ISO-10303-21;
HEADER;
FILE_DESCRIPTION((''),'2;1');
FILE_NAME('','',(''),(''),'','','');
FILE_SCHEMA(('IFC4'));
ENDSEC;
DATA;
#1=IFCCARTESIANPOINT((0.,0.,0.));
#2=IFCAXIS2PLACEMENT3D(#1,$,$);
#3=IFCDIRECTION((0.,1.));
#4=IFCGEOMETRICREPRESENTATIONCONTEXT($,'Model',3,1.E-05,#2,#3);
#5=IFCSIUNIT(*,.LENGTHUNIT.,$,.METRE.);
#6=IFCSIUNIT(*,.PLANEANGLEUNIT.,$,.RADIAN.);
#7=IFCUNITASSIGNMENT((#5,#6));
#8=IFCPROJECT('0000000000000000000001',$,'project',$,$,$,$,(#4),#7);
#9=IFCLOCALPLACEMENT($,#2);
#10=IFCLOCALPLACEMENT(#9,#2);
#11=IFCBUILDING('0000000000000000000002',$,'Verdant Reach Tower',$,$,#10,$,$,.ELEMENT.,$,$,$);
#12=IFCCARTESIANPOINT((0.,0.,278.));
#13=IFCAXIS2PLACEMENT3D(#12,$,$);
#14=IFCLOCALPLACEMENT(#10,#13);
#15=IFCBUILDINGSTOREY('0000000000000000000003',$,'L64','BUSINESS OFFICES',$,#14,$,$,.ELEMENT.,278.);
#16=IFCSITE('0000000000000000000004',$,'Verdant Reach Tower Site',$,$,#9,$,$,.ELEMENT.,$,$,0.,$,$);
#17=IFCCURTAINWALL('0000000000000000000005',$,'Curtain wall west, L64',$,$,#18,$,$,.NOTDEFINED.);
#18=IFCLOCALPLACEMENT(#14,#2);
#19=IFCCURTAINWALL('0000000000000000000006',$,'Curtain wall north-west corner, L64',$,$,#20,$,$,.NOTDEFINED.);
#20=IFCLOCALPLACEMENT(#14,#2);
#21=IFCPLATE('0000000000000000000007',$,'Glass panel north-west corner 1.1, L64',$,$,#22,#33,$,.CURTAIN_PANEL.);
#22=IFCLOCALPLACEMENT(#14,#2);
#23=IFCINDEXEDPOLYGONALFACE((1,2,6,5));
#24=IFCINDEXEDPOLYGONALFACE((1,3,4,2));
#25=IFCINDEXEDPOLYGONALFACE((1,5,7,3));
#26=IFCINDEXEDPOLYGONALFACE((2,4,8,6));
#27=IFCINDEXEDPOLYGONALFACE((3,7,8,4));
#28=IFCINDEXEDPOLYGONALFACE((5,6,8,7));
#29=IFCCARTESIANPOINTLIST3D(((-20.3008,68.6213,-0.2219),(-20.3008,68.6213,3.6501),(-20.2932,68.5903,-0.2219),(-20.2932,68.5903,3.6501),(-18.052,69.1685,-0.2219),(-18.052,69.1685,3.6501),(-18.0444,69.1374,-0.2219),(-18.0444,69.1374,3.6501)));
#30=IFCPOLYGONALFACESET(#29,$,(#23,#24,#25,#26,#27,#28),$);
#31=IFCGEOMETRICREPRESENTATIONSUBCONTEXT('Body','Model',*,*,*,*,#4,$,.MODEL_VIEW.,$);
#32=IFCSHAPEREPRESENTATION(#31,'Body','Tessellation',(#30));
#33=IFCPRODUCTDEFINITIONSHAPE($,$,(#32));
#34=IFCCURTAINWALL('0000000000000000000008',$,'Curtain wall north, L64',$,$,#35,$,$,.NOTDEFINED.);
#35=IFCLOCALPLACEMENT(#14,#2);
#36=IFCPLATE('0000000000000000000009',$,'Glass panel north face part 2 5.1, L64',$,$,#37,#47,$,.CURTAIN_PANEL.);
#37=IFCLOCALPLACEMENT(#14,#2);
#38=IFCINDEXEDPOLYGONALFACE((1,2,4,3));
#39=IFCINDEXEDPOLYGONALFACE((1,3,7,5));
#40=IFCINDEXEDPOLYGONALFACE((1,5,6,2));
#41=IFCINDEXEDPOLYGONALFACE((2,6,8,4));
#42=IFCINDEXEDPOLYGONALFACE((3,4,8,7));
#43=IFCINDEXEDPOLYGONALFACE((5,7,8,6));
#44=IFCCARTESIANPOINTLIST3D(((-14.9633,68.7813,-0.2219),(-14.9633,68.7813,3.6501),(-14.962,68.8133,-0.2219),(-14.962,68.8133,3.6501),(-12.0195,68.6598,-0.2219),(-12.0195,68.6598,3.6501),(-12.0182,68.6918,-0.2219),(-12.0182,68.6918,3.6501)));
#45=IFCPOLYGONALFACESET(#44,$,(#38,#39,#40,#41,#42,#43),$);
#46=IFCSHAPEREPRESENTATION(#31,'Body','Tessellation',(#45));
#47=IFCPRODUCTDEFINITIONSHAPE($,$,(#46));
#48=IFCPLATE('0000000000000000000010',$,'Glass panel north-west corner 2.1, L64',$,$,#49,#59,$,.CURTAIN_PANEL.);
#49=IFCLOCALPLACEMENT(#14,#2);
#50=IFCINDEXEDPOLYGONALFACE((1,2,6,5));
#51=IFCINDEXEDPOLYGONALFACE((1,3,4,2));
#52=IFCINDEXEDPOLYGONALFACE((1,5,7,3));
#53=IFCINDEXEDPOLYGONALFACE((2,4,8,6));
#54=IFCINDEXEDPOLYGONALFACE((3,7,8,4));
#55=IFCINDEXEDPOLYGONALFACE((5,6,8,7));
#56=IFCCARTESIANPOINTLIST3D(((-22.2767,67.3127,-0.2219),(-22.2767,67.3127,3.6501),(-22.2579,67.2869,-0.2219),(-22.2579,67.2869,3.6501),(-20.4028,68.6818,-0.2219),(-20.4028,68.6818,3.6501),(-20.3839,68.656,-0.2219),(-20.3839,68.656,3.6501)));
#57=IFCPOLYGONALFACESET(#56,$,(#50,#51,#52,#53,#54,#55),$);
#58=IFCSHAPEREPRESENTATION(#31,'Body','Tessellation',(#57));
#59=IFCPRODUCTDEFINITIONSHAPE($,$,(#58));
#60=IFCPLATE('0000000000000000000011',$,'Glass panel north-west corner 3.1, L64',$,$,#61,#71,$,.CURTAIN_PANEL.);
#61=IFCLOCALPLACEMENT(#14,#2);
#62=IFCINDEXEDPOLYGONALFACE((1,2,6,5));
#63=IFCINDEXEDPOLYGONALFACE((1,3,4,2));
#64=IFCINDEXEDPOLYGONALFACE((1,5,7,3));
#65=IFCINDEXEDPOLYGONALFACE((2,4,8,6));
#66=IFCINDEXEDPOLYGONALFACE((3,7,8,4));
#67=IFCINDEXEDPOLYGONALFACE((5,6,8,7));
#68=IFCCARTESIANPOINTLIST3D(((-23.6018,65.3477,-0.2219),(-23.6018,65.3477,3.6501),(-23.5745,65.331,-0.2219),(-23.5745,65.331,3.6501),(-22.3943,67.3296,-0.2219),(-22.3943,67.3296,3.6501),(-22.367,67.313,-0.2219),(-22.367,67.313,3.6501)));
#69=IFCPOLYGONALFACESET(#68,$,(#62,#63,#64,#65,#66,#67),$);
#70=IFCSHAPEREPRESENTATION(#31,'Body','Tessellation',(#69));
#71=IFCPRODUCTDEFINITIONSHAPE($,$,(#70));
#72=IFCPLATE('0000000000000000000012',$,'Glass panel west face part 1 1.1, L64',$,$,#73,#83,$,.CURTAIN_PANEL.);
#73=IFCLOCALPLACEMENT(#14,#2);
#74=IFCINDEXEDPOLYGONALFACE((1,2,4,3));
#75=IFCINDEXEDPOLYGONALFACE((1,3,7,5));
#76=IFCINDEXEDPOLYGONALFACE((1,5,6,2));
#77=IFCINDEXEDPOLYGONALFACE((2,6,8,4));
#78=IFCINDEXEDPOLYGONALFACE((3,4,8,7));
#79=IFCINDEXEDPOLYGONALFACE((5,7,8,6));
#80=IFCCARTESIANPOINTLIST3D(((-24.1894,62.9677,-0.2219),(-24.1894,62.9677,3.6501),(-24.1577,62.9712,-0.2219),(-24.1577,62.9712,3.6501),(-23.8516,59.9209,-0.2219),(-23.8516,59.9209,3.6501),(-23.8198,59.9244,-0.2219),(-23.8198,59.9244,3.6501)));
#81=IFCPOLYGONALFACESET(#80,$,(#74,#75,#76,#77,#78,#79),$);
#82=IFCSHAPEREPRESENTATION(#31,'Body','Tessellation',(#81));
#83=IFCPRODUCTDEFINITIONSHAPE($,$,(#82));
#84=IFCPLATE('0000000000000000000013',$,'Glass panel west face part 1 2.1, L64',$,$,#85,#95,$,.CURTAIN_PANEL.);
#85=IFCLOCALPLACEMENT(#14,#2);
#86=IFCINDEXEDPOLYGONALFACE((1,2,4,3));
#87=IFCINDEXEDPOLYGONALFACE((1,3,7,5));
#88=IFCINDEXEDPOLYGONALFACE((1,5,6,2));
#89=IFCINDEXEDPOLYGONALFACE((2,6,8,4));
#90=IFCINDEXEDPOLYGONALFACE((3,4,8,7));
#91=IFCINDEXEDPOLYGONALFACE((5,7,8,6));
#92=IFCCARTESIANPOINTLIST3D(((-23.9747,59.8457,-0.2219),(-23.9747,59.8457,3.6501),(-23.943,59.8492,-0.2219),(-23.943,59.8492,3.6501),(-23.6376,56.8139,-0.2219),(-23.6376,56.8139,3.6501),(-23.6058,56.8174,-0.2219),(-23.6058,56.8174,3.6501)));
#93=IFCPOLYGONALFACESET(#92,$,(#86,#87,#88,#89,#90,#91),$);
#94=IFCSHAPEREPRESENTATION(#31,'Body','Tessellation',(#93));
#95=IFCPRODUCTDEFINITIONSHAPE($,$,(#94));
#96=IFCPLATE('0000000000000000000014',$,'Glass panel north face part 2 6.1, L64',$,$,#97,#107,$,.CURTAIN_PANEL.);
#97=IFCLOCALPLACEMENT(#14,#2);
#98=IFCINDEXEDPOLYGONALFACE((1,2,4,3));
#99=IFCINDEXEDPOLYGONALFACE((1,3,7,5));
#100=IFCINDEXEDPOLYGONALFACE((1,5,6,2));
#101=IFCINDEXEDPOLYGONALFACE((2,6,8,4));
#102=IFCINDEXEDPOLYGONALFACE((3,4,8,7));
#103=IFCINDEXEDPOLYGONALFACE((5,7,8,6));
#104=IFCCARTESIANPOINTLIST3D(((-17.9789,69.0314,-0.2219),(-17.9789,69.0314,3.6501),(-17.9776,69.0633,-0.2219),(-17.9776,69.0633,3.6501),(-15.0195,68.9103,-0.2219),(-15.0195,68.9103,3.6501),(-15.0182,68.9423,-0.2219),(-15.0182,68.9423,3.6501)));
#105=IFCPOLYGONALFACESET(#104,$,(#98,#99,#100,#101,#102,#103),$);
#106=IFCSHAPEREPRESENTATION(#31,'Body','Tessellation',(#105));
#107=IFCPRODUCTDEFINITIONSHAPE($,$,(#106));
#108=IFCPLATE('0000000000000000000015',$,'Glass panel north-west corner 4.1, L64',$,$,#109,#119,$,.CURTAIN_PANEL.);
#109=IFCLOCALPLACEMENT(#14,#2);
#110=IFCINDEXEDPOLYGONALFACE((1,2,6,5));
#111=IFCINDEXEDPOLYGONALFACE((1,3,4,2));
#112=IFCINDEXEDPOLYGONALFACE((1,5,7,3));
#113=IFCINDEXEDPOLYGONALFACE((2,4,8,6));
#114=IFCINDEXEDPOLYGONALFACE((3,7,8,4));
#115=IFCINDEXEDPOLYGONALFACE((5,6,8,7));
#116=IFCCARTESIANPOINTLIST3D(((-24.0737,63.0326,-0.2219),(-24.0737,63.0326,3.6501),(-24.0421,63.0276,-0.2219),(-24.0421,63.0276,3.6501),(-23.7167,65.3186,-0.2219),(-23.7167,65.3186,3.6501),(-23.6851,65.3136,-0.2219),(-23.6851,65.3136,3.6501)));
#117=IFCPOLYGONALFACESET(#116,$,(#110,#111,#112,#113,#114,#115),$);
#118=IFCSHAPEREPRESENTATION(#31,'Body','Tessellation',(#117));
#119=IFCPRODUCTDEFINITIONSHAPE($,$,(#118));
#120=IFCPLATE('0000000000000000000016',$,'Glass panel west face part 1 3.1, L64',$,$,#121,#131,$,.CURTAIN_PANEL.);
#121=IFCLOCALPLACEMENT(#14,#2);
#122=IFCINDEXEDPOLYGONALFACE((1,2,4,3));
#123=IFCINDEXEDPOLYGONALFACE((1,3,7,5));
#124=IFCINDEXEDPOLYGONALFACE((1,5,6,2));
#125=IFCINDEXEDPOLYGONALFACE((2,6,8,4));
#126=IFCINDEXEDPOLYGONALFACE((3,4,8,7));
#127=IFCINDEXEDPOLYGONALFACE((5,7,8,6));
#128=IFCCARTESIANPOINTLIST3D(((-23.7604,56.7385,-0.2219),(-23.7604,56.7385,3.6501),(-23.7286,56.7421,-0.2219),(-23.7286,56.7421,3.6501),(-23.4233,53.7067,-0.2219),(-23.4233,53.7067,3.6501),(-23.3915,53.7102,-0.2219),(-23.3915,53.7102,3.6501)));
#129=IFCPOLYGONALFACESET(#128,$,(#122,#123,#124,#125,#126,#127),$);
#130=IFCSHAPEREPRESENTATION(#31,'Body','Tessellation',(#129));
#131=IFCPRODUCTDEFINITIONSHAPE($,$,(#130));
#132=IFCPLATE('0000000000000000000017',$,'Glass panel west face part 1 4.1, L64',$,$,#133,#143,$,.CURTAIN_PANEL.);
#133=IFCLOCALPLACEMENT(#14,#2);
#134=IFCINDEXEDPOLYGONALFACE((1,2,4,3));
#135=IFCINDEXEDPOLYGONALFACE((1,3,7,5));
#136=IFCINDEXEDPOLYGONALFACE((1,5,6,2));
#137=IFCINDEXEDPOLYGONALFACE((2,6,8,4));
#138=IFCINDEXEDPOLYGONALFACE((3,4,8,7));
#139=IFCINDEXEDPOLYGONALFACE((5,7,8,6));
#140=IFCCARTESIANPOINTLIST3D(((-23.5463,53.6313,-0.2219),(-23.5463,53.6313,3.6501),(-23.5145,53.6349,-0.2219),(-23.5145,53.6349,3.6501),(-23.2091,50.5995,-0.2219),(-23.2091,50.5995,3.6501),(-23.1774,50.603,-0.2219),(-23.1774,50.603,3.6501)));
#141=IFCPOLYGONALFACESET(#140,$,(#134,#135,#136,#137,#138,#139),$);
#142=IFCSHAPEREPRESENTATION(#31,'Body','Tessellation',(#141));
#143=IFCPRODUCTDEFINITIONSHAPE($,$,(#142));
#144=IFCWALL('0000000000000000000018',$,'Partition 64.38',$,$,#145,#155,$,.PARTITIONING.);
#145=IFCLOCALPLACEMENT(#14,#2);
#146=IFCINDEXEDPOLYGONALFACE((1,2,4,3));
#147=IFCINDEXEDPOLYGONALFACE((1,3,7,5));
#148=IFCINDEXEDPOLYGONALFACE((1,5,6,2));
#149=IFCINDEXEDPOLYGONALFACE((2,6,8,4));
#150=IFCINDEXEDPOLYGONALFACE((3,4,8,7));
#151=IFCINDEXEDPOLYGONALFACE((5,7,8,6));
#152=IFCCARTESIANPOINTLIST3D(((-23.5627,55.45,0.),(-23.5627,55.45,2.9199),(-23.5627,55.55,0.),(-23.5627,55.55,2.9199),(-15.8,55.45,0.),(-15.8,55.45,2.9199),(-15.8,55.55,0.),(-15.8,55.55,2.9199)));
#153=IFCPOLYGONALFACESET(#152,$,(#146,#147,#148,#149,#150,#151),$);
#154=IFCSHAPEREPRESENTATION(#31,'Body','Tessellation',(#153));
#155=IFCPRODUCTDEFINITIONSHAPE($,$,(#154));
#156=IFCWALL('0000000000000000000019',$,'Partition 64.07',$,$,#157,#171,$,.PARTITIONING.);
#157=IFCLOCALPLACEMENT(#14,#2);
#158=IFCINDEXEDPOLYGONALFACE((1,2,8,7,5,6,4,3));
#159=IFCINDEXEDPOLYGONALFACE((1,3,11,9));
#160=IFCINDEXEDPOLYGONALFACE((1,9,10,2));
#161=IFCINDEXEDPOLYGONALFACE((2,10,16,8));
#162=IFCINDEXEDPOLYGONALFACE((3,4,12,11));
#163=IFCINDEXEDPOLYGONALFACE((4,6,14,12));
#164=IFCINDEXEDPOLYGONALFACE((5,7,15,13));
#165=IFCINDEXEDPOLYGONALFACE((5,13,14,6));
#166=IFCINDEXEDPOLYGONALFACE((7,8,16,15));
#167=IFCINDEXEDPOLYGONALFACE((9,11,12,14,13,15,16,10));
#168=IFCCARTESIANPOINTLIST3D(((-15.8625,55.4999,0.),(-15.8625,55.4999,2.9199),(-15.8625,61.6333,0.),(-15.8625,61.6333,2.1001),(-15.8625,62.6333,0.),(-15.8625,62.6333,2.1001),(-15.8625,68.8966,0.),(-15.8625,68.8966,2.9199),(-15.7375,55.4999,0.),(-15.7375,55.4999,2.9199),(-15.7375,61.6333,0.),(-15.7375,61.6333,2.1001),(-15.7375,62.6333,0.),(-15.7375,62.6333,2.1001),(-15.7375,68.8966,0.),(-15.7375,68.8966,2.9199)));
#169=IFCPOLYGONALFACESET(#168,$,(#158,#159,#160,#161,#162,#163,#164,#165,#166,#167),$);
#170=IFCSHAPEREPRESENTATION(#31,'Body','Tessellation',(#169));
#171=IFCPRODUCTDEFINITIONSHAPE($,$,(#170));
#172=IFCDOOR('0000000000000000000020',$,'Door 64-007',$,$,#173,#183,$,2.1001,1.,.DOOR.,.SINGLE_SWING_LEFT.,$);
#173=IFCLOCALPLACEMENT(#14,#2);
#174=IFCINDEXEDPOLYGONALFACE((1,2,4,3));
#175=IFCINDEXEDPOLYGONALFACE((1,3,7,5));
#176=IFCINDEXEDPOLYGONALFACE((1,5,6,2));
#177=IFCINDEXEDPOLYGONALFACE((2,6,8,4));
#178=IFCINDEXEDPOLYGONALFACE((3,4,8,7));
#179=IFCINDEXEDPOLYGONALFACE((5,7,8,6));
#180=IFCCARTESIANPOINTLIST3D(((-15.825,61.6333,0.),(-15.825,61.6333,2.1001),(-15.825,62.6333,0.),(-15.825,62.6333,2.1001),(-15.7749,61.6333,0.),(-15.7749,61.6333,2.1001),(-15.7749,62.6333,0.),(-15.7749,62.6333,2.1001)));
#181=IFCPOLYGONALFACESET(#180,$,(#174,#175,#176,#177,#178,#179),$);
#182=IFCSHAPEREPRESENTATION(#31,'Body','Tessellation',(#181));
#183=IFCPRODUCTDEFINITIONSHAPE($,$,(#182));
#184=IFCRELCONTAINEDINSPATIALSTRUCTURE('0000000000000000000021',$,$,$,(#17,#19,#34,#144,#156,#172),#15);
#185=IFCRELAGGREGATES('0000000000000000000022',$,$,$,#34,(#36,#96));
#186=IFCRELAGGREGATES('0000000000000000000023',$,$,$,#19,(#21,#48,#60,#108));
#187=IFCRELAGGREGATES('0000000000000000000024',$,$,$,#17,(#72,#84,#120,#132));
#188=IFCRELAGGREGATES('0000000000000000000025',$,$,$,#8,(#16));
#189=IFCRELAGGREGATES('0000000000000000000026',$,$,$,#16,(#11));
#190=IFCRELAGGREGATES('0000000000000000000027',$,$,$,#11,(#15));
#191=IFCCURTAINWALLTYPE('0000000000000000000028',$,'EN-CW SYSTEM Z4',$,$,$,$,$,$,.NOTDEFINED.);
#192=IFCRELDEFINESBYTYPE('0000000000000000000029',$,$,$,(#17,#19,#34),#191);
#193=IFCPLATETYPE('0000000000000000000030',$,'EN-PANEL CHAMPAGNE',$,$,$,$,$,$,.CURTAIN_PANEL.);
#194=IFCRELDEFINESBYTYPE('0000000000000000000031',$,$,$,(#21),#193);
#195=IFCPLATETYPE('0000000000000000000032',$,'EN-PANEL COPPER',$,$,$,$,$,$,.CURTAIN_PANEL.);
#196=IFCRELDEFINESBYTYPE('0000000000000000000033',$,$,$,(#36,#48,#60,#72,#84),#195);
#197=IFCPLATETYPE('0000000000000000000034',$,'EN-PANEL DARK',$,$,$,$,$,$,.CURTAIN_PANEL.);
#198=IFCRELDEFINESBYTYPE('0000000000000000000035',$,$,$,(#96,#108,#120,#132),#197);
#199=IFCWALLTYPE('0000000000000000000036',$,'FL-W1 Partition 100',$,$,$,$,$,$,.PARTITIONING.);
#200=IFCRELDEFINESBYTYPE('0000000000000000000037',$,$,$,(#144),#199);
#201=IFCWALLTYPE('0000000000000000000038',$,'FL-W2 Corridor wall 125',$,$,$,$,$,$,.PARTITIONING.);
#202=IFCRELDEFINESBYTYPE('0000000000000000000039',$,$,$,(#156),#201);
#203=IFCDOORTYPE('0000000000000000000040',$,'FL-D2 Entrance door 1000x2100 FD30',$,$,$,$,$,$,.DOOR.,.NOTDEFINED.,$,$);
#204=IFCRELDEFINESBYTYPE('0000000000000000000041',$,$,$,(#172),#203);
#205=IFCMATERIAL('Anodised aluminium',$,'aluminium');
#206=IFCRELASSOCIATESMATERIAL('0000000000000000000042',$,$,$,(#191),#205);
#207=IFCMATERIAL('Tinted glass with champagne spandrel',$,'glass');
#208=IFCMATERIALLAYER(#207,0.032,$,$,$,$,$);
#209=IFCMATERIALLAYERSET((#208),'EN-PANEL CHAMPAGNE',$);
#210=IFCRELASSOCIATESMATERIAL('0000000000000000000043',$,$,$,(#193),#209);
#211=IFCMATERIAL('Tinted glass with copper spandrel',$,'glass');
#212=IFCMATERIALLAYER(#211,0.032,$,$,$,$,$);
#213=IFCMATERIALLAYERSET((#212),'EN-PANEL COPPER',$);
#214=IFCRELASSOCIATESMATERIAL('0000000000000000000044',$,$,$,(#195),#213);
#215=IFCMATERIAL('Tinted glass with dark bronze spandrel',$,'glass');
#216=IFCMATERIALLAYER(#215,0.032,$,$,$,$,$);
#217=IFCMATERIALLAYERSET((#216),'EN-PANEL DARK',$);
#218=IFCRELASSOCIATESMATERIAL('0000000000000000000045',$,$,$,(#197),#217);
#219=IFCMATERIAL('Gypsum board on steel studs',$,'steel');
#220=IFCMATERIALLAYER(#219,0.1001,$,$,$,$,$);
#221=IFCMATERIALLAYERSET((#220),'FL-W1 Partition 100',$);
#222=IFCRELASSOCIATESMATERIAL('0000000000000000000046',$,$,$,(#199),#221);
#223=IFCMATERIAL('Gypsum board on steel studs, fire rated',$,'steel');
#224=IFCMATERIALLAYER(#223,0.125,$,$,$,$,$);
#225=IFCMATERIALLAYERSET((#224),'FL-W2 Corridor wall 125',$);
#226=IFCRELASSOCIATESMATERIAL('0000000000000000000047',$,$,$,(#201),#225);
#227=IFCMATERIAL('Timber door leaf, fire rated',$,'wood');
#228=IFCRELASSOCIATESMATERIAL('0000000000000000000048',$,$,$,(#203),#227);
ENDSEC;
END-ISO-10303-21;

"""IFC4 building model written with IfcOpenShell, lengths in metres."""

from ifc_helpers import new_model, si_unit, direction, frame, frame_2d, origin, origin_2d, place, context, subcontext, project, spatial, rectangle, extrude, material, layer, layer_set, type_object, element, fill, aggregate, save


model = new_model("IFC4")

# Units and contexts
model_context = context("Model", 3, precision=1e-05, world=origin(), true_north=direction((0.0, 1.0)))
body_context = subcontext(model_context, "Body", "Model", "MODEL_VIEW")
ifc_project = project(units=[si_unit("LENGTHUNIT", "METRE"), si_unit("PLANEANGLEUNIT", "RADIAN")], contexts=[model_context])

# Site, building, storey
site_placement = place(None, origin())
site = spatial("IfcSite", under=ifc_project, at=site_placement, Name="Verdant Reach Tower Site", CompositionType="ELEMENT", RefElevation=0.0)
building_placement = place(site_placement, origin())
building = spatial("IfcBuilding", under=site, at=building_placement, Name="Verdant Reach Tower", CompositionType="ELEMENT")
storey_placement = place(building_placement, frame((0.0, 0.0, 278.0)))
storey = spatial("IfcBuildingStorey", under=building, at=storey_placement, Name="L64", Description="BUSINESS OFFICES", CompositionType="ELEMENT", Elevation=278.0)

# Curtain wall
ifc_material_1 = material(Name="Anodised aluminium", Category="aluminium")
curtain_wall_type = type_object("IfcCurtainWallType", Name="EN-CW SYSTEM Z4", PredefinedType="NOTDEFINED", material=ifc_material_1)
curtain_wall_1_placement = place(storey_placement, origin())
curtain_wall_1 = element("IfcCurtainWall", 1, at=curtain_wall_1_placement, inside=storey, type_object=curtain_wall_type, Name="Curtain wall west, L64", PredefinedType="NOTDEFINED")

# Curtain walls, plates
curtain_wall_2_placement = place(storey_placement, origin())
curtain_wall_2 = element("IfcCurtainWall", 2, at=curtain_wall_2_placement, inside=storey, type_object=curtain_wall_type, Name="Curtain wall north-west corner, L64", PredefinedType="NOTDEFINED")
ifc_material_2 = material(Name="Tinted glass with champagne spandrel", Category="glass")
ifc_layer_1 = layer(ifc_material_2, 0.032)
ifc_layer_set_1 = layer_set([ifc_layer_1], Name="EN-PANEL CHAMPAGNE")
plate_type_1 = type_object("IfcPlateType", Name="EN-PANEL CHAMPAGNE", PredefinedType="CURTAIN_PANEL", material=ifc_layer_set_1)
plate_1_placement = place(storey_placement, frame((-19.1726, 68.8794, -0.2219), z_axis=(0.0, 0.0, 1.0), x_axis=(-0.971652, -0.236414, 0.0)))
plate_1 = element("IfcPlate", 3, at=plate_1_placement, type_object=plate_type_1, Name="Glass panel north-west corner 1.1, L64", PredefinedType="CURTAIN_PANEL", context=body_context, shape_type="SweptSolid", body=[
    extrude(rectangle(XDim=2.3145, YDim=0.032, at=origin_2d()), origin(), (0.0, 0.0, 1.0), 3.8721),
])
curtain_wall_3_placement = place(storey_placement, origin())
curtain_wall_3 = element("IfcCurtainWall", 4, at=curtain_wall_3_placement, inside=storey, type_object=curtain_wall_type, Name="Curtain wall north, L64", PredefinedType="NOTDEFINED")
ifc_material_3 = material(Name="Tinted glass with copper spandrel", Category="glass")
ifc_layer_2 = layer(ifc_material_3, 0.032)
ifc_layer_set_2 = layer_set([ifc_layer_2], Name="EN-PANEL COPPER")
plate_type_2 = type_object("IfcPlateType", Name="EN-PANEL COPPER", PredefinedType="CURTAIN_PANEL", material=ifc_layer_set_2)
plate_2_placement = place(storey_placement, frame((-13.4907, 68.7366, -0.2219), z_axis=(0.0, 0.0, 1.0), x_axis=(-0.999149, 0.041242, 0.0)))
plate_2 = element("IfcPlate", 5, at=plate_2_placement, type_object=plate_type_2, Name="Glass panel north face part 2 5.1, L64", PredefinedType="CURTAIN_PANEL", context=body_context, shape_type="SweptSolid", body=[
    extrude(rectangle(XDim=2.9463, YDim=0.032, at=origin_2d()), origin(), (0.0, 0.0, 1.0), 3.8721),
])

# Plates
plate_3_placement = place(storey_placement, frame((-21.3303, 67.9844, -0.2219), z_axis=(0.0, 0.0, 1.0), x_axis=(-0.807457, -0.589927, 0.0)))
plate_3 = element("IfcPlate", 6, at=plate_3_placement, type_object=plate_type_2, Name="Glass panel north-west corner 2.1, L64", PredefinedType="CURTAIN_PANEL", context=body_context, shape_type="SweptSolid", body=[
    extrude(rectangle(XDim=2.3208, YDim=0.032, at=origin_2d()), origin(), (0.0, 0.0, 1.0), 3.8721),
])
plate_4_placement = place(storey_placement, frame((-22.9844, 66.3303, -0.2219), z_axis=(0.0, 0.0, 1.0), x_axis=(-0.520292, -0.853989, 0.0)))
plate_4 = element("IfcPlate", 7, at=plate_4_placement, type_object=plate_type_2, Name="Glass panel north-west corner 3.1, L64", PredefinedType="CURTAIN_PANEL", context=body_context, shape_type="SweptSolid", body=[
    extrude(rectangle(XDim=2.3208, YDim=0.032, at=origin_2d()), origin(), (0.0, 0.0, 1.0), 3.8721),
])
plate_5_placement = place(storey_placement, frame((-24.0046, 61.446, -0.2219), z_axis=(0.0, 0.0, 1.0), x_axis=(0.110206, -0.993909, 0.0)))
plate_5 = element("IfcPlate", 8, at=plate_5_placement, type_object=plate_type_2, Name="Glass panel west face part 1 1.1, L64", PredefinedType="CURTAIN_PANEL", context=body_context, shape_type="SweptSolid", body=[
    extrude(rectangle(XDim=3.0654, YDim=0.032, at=origin_2d()), origin(), (0.0, 0.0, 1.0), 3.8721),
])
plate_6_placement = place(storey_placement, frame((-23.7903, 58.3315, -0.2219), z_axis=(0.0, 0.0, 1.0), x_axis=(0.110518, -0.993874, 0.0)))
plate_6 = element("IfcPlate", 9, at=plate_6_placement, type_object=plate_type_2, Name="Glass panel west face part 1 2.1, L64", PredefinedType="CURTAIN_PANEL", context=body_context, shape_type="SweptSolid", body=[
    extrude(rectangle(XDim=3.0505, YDim=0.032, at=origin_2d()), origin(), (0.0, 0.0, 1.0), 3.8721),
])
ifc_material_4 = material(Name="Tinted glass with dark bronze spandrel", Category="glass")
ifc_layer_3 = layer(ifc_material_4, 0.032)
ifc_layer_set_3 = layer_set([ifc_layer_3], Name="EN-PANEL DARK")
plate_type_3 = type_object("IfcPlateType", Name="EN-PANEL DARK", PredefinedType="CURTAIN_PANEL", material=ifc_layer_set_3)
plate_7_placement = place(storey_placement, frame((-16.4985, 68.9868, -0.2219), z_axis=(0.0, 0.0, 1.0), x_axis=(-0.999164, 0.040881, 0.0)))
plate_7 = element("IfcPlate", 10, at=plate_7_placement, type_object=plate_type_3, Name="Glass panel north face part 2 6.1, L64", PredefinedType="CURTAIN_PANEL", context=body_context, shape_type="SweptSolid", body=[
    extrude(rectangle(XDim=2.9619, YDim=0.032, at=origin_2d()), origin(), (0.0, 0.0, 1.0), 3.8721),
])
aggregate(curtain_wall_3, [plate_2, plate_7])
plate_8_placement = place(storey_placement, frame((-23.8794, 64.1731, -0.2219), z_axis=(0.0, 0.0, 1.0), x_axis=(-0.154325, -0.98802, 0.0)))
plate_8 = element("IfcPlate", 11, at=plate_8_placement, type_object=plate_type_3, Name="Glass panel north-west corner 4.1, L64", PredefinedType="CURTAIN_PANEL", context=body_context, shape_type="SweptSolid", body=[
    extrude(rectangle(XDim=2.3137, YDim=0.032, at=origin_2d()), origin(), (0.0, 0.0, 1.0), 3.8721),
])
aggregate(curtain_wall_2, [plate_1, plate_3, plate_4, plate_8])
plate_9_placement = place(storey_placement, frame((-23.5759, 55.2244, -0.2219), z_axis=(0.0, 0.0, 1.0), x_axis=(0.110518, -0.993874, 0.0)))
plate_9 = element("IfcPlate", 12, at=plate_9_placement, type_object=plate_type_3, Name="Glass panel west face part 1 3.1, L64", PredefinedType="CURTAIN_PANEL", context=body_context, shape_type="SweptSolid", body=[
    extrude(rectangle(XDim=3.0505, YDim=0.032, at=origin_2d()), origin(), (0.0, 0.0, 1.0), 3.8721),
])
plate_10_placement = place(storey_placement, frame((-23.3618, 52.1172, -0.2219), z_axis=(0.0, 0.0, 1.0), x_axis=(0.110518, -0.993874, 0.0)))
plate_10 = element("IfcPlate", 13, at=plate_10_placement, type_object=plate_type_3, Name="Glass panel west face part 1 4.1, L64", PredefinedType="CURTAIN_PANEL", context=body_context, shape_type="SweptSolid", body=[
    extrude(rectangle(XDim=3.0505, YDim=0.032, at=origin_2d()), origin(), (0.0, 0.0, 1.0), 3.8721),
])
aggregate(curtain_wall_1, [plate_5, plate_6, plate_9, plate_10])

# Wall
ifc_material_5 = material(Name="Gypsum board on steel studs", Category="steel")
ifc_layer_4 = layer(ifc_material_5, 0.1001)
ifc_layer_set_4 = layer_set([ifc_layer_4], Name="FL-W1 Partition 100")
wall_type_1 = type_object("IfcWallType", Name="FL-W1 Partition 100", PredefinedType="PARTITIONING", material=ifc_layer_set_4)
wall_1_placement = place(storey_placement, frame((-15.8, 55.5, 0.0), z_axis=(0.0, 0.0, 1.0), x_axis=(-1.0, 0.0, 0.0)))
element("IfcWall", 14, at=wall_1_placement, inside=storey, type_object=wall_type_1, Name="Partition 64.38", PredefinedType="PARTITIONING", context=body_context, shape_type="SweptSolid", body=[
    extrude(rectangle(XDim=7.7627, YDim=0.1001, at=frame_2d((3.8813, 0.0))), origin(), (0.0, 0.0, 1.0), 2.9199),
])

# Wall, opening, door
ifc_material_6 = material(Name="Gypsum board on steel studs, fire rated", Category="steel")
ifc_layer_5 = layer(ifc_material_6, 0.125)
ifc_layer_set_5 = layer_set([ifc_layer_5], Name="FL-W2 Corridor wall 125")
wall_type_2 = type_object("IfcWallType", Name="FL-W2 Corridor wall 125", PredefinedType="PARTITIONING", material=ifc_layer_set_5)
wall_2_placement = place(storey_placement, frame((-15.8, 55.5, 0.0), z_axis=(0.0, 0.0, 1.0), x_axis=(0.0, 1.0, 0.0)))
wall_2 = element("IfcWall", 15, at=wall_2_placement, inside=storey, type_object=wall_type_2, Name="Partition 64.07", PredefinedType="PARTITIONING", context=body_context, shape_type="SweptSolid", body=[
    extrude(rectangle(XDim=13.3967, YDim=0.125, at=frame_2d((6.6982, 0.0))), origin(), (0.0, 0.0, 1.0), 2.9199),
])
opening_1_placement = place(wall_2_placement, frame((6.1333, 0.0, 0.0)))
opening_1 = element("IfcOpeningElement", 16, at=opening_1_placement, cuts=wall_2, PredefinedType="OPENING", context=body_context, shape_type="SweptSolid", body=[
    extrude(rectangle(XDim=1.0, YDim=2.1001, at=frame_2d((0.5, 1.05))), frame((0.0, 0.0725, 0.0), z_axis=(0.0, -1.0, 0.0), x_axis=(1.0, 0.0, 0.0)), (0.0, 0.0, 1.0), 0.145),
])
ifc_material_7 = material(Name="Timber door leaf, fire rated", Category="wood")
door_type = type_object("IfcDoorType", Name="FL-D2 Entrance door 1000x2100 FD30", OperationType="NOTDEFINED", PredefinedType="DOOR", material=ifc_material_7)
door_1_placement = place(opening_1_placement, origin())
door_1 = element("IfcDoor", 17, at=door_1_placement, inside=storey, type_object=door_type, Name="Door 64-007", OperationType="SINGLE_SWING_LEFT", OverallHeight=2.1001, OverallWidth=1.0, PredefinedType="DOOR", context=body_context, shape_type="SweptSolid", body=[
    extrude(rectangle(XDim=1.0, YDim=2.1001, at=frame_2d((0.5, 1.05))), frame((0.0, 0.0249, 0.0), z_axis=(0.0, -1.0, 0.0), x_axis=(1.0, 0.0, 0.0)), (0.0, 0.0, 1.0), 0.05),
])
fill(opening_1, door_1)

save(model, "model.ifc")
